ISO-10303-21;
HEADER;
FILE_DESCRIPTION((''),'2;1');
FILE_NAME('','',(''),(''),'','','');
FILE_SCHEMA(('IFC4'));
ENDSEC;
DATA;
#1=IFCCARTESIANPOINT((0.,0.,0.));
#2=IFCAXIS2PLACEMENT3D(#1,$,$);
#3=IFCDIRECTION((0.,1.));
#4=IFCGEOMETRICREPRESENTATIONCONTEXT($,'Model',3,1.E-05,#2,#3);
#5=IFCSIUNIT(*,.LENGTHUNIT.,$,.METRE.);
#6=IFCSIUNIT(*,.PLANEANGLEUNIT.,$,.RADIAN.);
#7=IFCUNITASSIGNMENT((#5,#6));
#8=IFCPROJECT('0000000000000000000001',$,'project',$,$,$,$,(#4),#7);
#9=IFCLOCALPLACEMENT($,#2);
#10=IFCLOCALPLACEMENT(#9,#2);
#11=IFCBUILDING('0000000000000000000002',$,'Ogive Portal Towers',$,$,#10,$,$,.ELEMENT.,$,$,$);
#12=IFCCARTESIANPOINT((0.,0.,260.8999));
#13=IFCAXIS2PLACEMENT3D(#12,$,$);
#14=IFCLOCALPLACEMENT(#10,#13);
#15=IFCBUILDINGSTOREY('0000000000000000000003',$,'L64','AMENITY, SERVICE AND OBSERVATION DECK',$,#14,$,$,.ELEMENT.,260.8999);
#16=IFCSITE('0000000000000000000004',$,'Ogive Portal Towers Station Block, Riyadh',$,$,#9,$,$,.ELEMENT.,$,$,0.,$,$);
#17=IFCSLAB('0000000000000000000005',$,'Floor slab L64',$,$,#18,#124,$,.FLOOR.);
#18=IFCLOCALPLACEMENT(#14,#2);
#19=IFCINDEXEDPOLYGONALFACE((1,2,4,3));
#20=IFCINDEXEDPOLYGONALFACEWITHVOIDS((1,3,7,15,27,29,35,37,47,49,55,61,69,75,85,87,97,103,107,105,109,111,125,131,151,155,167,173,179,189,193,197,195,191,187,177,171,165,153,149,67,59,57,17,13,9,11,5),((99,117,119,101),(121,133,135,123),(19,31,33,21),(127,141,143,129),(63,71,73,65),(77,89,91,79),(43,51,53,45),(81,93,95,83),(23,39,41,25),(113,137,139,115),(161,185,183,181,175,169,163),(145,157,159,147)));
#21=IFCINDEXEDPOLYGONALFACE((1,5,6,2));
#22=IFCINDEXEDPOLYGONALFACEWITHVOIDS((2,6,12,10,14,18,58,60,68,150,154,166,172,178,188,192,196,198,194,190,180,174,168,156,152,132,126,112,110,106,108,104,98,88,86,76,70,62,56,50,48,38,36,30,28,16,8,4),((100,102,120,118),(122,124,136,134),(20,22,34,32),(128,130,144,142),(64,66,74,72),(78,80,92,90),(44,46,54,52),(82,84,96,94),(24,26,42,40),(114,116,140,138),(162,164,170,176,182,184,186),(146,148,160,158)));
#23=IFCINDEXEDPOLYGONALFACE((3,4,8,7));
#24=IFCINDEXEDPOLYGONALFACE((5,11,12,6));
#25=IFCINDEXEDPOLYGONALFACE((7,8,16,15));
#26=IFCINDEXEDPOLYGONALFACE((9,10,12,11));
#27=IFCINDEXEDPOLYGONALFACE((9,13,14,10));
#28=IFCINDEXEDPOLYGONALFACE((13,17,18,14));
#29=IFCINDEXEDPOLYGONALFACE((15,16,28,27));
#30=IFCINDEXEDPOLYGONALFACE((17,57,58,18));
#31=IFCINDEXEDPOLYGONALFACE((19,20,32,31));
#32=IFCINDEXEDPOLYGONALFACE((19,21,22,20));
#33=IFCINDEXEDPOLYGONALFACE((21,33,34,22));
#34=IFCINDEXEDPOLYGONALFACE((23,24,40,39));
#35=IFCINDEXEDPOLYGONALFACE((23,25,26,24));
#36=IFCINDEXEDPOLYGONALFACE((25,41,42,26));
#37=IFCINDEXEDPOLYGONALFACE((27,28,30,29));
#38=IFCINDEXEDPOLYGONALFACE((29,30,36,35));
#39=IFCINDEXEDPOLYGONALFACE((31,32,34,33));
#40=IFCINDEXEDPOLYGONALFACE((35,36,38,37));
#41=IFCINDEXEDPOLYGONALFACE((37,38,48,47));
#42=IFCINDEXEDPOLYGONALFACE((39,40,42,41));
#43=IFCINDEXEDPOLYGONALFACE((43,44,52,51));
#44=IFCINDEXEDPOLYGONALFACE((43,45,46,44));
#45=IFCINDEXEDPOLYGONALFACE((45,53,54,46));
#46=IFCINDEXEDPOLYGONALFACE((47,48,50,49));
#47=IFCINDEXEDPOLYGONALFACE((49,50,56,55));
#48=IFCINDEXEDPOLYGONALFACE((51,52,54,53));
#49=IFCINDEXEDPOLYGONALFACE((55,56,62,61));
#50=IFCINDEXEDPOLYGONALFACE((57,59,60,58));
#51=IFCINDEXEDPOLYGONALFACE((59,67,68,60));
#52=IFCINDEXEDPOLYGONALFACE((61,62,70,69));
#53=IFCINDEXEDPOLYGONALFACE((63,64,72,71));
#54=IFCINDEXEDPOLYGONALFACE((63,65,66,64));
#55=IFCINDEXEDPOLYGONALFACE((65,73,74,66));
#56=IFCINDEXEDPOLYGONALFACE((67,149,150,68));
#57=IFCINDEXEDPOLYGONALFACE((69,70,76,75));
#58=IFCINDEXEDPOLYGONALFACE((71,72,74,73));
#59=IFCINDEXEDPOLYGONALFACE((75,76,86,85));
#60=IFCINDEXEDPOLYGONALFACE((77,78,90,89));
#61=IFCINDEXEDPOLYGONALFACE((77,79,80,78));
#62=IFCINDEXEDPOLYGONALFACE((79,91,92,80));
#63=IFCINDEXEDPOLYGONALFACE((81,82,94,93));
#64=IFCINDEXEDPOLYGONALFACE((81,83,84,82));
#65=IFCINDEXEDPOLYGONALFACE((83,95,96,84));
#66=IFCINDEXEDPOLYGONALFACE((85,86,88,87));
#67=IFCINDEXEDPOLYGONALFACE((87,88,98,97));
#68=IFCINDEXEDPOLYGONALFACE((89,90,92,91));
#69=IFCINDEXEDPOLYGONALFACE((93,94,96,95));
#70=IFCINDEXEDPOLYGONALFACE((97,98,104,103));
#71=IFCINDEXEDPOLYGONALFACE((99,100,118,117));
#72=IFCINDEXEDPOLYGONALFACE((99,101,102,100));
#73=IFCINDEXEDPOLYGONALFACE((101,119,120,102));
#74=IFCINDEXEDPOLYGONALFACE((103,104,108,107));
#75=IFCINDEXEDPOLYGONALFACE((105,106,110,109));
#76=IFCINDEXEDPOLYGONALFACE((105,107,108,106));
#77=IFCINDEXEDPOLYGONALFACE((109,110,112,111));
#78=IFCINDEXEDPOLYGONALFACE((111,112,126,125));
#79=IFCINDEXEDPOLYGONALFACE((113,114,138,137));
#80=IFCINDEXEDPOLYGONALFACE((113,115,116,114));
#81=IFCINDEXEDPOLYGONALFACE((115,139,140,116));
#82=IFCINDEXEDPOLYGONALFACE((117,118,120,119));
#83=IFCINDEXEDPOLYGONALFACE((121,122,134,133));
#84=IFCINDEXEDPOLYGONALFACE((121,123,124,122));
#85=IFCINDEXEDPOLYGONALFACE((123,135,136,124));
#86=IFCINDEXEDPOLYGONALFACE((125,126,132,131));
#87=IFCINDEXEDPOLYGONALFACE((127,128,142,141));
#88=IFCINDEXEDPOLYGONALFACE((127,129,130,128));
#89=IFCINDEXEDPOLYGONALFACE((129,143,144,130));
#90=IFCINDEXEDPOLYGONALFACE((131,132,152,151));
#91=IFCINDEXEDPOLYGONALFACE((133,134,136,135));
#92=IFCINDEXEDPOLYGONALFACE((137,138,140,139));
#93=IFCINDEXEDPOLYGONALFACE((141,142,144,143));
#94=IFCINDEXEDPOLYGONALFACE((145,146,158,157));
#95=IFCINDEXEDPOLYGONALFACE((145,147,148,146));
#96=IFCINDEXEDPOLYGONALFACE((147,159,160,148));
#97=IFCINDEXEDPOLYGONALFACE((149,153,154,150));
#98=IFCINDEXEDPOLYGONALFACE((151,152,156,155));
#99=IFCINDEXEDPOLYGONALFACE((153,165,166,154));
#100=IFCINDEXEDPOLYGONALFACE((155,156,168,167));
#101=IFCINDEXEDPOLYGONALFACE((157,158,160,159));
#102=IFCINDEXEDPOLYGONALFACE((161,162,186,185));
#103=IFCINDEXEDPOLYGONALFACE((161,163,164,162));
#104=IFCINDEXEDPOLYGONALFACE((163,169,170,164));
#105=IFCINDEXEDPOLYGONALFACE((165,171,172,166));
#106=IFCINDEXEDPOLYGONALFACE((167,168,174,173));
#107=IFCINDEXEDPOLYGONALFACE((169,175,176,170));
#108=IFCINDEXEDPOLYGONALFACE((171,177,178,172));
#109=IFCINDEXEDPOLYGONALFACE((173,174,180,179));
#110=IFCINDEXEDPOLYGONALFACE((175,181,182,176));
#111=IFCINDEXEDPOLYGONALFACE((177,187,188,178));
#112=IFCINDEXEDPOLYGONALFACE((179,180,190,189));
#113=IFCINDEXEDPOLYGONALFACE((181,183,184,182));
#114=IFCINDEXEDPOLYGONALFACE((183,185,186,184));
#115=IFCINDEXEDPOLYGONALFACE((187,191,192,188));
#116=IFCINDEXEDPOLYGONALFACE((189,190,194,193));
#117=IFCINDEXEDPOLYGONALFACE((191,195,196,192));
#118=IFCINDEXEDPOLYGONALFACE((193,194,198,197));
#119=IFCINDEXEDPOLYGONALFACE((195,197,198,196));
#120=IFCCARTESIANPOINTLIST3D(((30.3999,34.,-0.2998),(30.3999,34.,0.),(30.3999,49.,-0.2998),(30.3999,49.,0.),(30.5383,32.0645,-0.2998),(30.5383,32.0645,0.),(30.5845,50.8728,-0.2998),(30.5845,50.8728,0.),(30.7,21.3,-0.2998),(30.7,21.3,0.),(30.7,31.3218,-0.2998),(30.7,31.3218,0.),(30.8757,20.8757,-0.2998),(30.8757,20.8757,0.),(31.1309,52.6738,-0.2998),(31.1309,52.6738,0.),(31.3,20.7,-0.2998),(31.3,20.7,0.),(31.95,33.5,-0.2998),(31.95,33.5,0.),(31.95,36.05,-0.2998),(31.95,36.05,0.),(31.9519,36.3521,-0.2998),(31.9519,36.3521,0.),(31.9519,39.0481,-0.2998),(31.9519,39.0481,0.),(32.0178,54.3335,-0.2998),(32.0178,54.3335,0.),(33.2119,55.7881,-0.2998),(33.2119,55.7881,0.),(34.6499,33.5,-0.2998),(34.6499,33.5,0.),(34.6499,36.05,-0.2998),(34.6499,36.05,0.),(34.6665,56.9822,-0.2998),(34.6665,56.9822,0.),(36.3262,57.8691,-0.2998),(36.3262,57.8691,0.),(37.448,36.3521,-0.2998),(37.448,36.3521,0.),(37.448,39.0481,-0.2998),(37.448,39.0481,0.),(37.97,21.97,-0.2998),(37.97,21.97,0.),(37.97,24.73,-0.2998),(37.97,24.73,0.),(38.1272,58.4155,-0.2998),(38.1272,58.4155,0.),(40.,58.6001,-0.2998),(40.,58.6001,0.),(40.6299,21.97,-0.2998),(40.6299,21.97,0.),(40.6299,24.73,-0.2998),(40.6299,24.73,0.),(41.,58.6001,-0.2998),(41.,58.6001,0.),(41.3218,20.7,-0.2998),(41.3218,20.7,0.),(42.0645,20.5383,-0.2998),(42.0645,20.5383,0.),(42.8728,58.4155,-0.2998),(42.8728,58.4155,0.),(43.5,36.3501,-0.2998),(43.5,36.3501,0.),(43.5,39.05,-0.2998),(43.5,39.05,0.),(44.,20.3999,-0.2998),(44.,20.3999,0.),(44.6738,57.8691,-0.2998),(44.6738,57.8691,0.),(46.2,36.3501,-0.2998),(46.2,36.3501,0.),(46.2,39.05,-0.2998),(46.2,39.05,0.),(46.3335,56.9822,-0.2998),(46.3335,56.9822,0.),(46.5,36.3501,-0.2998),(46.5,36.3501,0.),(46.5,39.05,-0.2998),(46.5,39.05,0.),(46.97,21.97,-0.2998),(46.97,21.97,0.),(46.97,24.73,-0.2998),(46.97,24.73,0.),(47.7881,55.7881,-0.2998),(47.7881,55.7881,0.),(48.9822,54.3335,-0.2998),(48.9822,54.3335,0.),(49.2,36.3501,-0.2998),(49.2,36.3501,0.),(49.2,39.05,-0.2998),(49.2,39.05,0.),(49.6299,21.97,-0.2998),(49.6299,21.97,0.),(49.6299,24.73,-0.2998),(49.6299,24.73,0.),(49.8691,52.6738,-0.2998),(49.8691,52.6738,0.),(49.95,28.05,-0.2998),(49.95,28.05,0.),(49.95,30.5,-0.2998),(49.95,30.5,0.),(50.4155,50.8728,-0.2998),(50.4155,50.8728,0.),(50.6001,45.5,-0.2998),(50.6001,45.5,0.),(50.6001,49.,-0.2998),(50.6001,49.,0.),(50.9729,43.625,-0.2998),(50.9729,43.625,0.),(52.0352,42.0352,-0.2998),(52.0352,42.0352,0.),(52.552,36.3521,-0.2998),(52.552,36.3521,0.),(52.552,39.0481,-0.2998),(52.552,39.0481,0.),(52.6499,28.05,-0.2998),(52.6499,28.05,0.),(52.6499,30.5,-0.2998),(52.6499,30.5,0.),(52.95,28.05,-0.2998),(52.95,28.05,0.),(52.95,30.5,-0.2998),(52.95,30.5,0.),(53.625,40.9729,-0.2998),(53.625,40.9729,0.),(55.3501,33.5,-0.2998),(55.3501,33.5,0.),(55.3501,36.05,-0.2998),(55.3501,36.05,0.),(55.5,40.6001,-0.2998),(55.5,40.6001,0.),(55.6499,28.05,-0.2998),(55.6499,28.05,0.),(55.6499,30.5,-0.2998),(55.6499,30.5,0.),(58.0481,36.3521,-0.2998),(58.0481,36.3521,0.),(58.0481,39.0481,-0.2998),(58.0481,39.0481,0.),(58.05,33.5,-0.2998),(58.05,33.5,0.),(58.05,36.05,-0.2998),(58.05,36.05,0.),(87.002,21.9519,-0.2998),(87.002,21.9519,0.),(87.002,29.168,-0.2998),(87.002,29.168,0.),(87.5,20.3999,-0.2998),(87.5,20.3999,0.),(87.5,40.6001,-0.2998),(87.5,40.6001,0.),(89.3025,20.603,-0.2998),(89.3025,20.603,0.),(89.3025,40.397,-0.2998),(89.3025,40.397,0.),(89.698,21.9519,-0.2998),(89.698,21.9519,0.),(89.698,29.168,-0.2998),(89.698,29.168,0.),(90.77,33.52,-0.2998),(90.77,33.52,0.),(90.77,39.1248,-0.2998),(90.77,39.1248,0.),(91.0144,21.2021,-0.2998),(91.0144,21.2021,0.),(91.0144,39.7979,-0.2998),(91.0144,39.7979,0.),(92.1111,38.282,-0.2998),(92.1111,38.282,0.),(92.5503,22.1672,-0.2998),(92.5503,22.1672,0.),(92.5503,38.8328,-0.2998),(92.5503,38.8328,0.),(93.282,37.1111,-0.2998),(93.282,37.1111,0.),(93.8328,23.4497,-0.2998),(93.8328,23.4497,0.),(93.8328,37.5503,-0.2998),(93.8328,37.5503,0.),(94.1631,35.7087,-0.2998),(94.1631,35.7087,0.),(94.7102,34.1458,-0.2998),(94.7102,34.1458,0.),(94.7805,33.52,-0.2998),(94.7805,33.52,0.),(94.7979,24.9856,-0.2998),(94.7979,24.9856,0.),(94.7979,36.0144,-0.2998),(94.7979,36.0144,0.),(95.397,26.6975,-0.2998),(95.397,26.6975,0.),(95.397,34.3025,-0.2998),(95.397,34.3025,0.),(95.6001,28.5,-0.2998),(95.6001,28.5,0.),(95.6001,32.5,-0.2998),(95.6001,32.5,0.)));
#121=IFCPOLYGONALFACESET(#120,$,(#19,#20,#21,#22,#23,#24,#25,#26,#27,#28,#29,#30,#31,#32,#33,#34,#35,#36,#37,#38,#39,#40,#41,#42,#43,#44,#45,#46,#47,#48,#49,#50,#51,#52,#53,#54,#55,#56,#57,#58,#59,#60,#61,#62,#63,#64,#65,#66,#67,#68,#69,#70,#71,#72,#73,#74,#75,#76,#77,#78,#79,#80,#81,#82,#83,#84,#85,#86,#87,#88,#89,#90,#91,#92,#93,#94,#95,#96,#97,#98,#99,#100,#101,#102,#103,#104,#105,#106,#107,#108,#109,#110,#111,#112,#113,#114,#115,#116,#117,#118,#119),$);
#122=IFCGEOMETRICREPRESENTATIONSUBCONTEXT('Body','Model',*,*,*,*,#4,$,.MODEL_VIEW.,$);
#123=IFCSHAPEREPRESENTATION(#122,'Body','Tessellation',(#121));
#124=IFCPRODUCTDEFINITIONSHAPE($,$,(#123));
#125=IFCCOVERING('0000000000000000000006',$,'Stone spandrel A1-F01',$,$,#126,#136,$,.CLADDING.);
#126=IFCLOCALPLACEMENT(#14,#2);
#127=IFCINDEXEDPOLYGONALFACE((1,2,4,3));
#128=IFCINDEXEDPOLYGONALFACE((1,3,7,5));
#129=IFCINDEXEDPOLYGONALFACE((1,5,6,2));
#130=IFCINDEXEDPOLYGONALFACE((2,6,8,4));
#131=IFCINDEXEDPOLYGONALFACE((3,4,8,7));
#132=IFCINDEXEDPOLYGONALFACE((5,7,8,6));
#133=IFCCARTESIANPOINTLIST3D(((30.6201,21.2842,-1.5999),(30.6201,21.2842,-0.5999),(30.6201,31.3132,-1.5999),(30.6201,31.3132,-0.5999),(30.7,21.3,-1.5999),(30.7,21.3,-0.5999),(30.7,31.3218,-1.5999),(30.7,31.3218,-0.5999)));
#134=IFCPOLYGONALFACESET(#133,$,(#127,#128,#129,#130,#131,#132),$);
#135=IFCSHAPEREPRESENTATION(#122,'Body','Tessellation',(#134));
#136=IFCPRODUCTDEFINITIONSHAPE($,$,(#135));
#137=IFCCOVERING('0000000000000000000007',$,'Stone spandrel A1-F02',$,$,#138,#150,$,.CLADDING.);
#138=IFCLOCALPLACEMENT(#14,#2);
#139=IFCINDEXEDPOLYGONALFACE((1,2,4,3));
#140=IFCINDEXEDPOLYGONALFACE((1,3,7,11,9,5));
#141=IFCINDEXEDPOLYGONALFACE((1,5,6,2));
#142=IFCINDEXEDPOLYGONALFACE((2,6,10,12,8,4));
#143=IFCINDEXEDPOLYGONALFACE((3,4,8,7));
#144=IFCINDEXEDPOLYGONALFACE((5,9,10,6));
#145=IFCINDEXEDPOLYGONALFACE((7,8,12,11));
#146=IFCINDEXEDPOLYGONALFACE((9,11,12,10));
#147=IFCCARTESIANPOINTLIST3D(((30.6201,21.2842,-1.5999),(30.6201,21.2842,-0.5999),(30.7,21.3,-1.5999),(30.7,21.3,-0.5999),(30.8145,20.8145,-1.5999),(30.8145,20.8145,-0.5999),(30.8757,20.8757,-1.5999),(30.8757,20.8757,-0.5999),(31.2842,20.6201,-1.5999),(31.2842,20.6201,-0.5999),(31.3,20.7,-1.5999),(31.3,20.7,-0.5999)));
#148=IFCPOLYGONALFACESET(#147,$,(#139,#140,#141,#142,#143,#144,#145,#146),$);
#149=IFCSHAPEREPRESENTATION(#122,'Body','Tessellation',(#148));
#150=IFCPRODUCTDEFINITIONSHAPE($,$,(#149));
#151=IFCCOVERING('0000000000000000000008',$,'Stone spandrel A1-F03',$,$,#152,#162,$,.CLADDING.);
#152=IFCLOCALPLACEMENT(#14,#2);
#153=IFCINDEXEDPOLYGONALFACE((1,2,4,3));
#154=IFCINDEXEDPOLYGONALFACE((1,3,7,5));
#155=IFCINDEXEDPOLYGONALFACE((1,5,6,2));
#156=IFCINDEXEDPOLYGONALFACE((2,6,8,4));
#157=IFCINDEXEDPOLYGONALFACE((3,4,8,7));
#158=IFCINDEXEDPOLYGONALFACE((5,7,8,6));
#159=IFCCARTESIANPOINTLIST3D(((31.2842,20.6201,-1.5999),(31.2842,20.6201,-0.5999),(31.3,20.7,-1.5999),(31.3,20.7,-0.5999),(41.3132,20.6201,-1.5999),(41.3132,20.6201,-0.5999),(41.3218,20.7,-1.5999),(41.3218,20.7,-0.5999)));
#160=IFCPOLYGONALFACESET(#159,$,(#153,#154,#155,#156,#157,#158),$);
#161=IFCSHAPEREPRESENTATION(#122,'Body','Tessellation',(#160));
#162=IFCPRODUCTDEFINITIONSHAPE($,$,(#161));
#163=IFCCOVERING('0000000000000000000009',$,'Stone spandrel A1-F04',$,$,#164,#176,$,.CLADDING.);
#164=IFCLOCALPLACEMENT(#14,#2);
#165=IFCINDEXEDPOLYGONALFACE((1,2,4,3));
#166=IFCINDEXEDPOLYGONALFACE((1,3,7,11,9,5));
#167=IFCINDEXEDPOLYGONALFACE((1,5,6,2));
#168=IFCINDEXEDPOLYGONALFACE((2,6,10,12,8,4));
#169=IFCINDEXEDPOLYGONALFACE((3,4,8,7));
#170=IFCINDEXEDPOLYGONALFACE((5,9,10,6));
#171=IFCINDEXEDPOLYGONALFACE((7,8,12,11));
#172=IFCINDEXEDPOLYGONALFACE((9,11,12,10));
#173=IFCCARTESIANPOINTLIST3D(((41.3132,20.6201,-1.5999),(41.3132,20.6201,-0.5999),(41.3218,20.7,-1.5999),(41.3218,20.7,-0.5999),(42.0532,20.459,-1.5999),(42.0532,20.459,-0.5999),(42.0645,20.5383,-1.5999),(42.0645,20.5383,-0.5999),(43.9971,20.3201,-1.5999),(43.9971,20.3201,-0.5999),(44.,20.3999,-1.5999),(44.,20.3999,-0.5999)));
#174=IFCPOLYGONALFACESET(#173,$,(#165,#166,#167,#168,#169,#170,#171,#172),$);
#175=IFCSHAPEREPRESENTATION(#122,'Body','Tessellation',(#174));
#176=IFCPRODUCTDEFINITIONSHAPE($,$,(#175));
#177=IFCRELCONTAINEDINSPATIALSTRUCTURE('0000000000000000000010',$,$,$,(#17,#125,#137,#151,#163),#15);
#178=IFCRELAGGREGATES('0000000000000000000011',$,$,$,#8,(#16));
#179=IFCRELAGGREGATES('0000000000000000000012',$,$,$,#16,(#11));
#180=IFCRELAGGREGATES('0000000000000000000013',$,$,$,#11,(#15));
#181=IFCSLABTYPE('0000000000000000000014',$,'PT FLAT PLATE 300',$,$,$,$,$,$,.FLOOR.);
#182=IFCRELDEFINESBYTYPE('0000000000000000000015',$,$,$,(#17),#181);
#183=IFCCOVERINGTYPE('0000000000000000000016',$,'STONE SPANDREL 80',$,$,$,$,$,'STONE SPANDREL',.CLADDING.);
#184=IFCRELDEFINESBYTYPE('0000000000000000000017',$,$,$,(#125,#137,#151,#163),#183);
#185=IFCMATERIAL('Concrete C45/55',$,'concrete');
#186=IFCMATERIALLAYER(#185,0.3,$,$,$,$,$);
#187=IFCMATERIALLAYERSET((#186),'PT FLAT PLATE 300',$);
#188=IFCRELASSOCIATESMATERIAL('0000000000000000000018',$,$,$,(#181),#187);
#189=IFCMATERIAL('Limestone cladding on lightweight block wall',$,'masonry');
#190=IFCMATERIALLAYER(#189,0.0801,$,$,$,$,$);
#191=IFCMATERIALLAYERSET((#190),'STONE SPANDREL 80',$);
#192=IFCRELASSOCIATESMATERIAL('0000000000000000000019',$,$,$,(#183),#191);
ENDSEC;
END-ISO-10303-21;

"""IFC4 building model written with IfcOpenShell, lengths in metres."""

from ifc_helpers import new_model, si_unit, direction, frame, origin, place, context, subcontext, project, spatial, polyline, outline, extrude, material, layer, layer_set, type_object, element, save


model = new_model("IFC4")

# Units and contexts
model_context = context("Model", 3, precision=1e-05, world=origin(), true_north=direction((0.0, 1.0)))
body_context = subcontext(model_context, "Body", "Model", "MODEL_VIEW")
ifc_project = project(units=[si_unit("LENGTHUNIT", "METRE"), si_unit("PLANEANGLEUNIT", "RADIAN")], contexts=[model_context])

# Site, building, storey
site_placement = place(None, origin())
site = spatial("IfcSite", under=ifc_project, at=site_placement, Name="Ogive Portal Towers Station Block, Riyadh", CompositionType="ELEMENT", RefElevation=0.0)
building_placement = place(site_placement, origin())
building = spatial("IfcBuilding", under=site, at=building_placement, Name="Ogive Portal Towers", CompositionType="ELEMENT")
storey_placement = place(building_placement, frame((0.0, 0.0, 260.8999)))
storey = spatial("IfcBuildingStorey", under=building, at=storey_placement, Name="L64", Description="AMENITY, SERVICE AND OBSERVATION DECK", CompositionType="ELEMENT", Elevation=260.8999)

# Slab
ifc_material_1 = material(Name="Concrete C45/55", Category="concrete")
ifc_layer_1 = layer(ifc_material_1, 0.3)
ifc_layer_set_1 = layer_set([ifc_layer_1], Name="PT FLAT PLATE 300")
slab_type = type_object("IfcSlabType", Name="PT FLAT PLATE 300", PredefinedType="FLOOR", material=ifc_layer_set_1)
slab_placement = place(storey_placement, frame((0.0, 0.0, -0.2998)))
element("IfcSlab", 1, at=slab_placement, inside=storey, type_object=slab_type, Name="Floor slab L64", PredefinedType="FLOOR", context=body_context, shape_type="SweptSolid", body=[
    extrude(outline(polyline([(30.3999, 34.0), (30.5383, 32.0645), (30.7, 31.3218), (30.7, 21.3), (30.8757, 20.8757), (31.3, 20.7), (41.3218, 20.7), (42.0645, 20.5383), (44.0, 20.3999), (87.5, 20.3999), (89.3025, 20.603), (91.0144, 21.2021), (92.5503, 22.1672), (93.8328, 23.4497), (94.7979, 24.9856), (95.397, 26.6975), (95.6001, 28.5), (95.6001, 32.5), (95.397, 34.3025), (94.7979, 36.0144), (93.8328, 37.5503), (92.5503, 38.8328), (91.0144, 39.7979), (89.3025, 40.397), (87.5, 40.6001), (55.5, 40.6001), (53.625, 40.9729), (52.0352, 42.0352), (50.9729, 43.625), (50.6001, 45.5), (50.6001, 49.0), (50.4155, 50.8728), (49.8691, 52.6738), (48.9822, 54.3335), (47.7881, 55.7881), (46.3335, 56.9822), (44.6738, 57.8691), (42.8728, 58.4155), (41.0, 58.6001), (40.0, 58.6001), (38.1272, 58.4155), (36.3262, 57.8691), (34.6665, 56.9822), (33.2119, 55.7881), (32.0178, 54.3335), (31.1309, 52.6738), (30.5845, 50.8728), (30.3999, 49.0), (30.3999, 34.0)]), holes=[polyline([(40.6299, 24.73), (40.6299, 21.97), (37.97, 21.97), (37.97, 24.73), (40.6299, 24.73)]), polyline([(49.6299, 21.97), (46.97, 21.97), (46.97, 24.73), (49.6299, 24.73), (49.6299, 21.97)]), polyline([(34.6499, 36.05), (34.6499, 33.5), (31.95, 33.5), (31.95, 36.05), (34.6499, 36.05)]), polyline([(31.9519, 36.3521), (31.9519, 39.0481), (37.448, 39.0481), (37.448, 36.3521), (31.9519, 36.3521)]), polyline([(46.2, 39.05), (46.2, 36.3501), (43.5, 36.3501), (43.5, 39.05), (46.2, 39.05)]), polyline([(49.2, 39.05), (49.2, 36.3501), (46.5, 36.3501), (46.5, 39.05), (49.2, 39.05)]), polyline([(89.698, 21.9519), (87.002, 21.9519), (87.002, 29.168), (89.698, 29.168), (89.698, 21.9519)]), polyline([(52.6499, 30.5), (52.6499, 28.05), (49.95, 28.05), (49.95, 30.5), (52.6499, 30.5)]), polyline([(55.6499, 30.5), (55.6499, 28.05), (52.95, 28.05), (52.95, 30.5), (55.6499, 30.5)]), polyline([(55.3501, 36.05), (58.05, 36.05), (58.05, 33.5), (55.3501, 33.5), (55.3501, 36.05)]), polyline([(94.1631, 35.7087), (94.7102, 34.1458), (94.7805, 33.52), (90.77, 33.52), (90.77, 39.1248), (92.1111, 38.282), (93.282, 37.1111), (94.1631, 35.7087)]), polyline([(58.0481, 36.3521), (52.552, 36.3521), (52.552, 39.0481), (58.0481, 39.0481), (58.0481, 36.3521)])]), origin(), (0.0, 0.0, 1.0), 0.2998),
])

# Coverings
ifc_material_2 = material(Name="Limestone cladding on lightweight block wall", Category="masonry")
ifc_layer_2 = layer(ifc_material_2, 0.0801)
ifc_layer_set_2 = layer_set([ifc_layer_2], Name="STONE SPANDREL 80")
covering_type_1 = type_object("IfcCoveringType", Name="STONE SPANDREL 80", ElementType="STONE SPANDREL", PredefinedType="CLADDING", material=ifc_layer_set_2)
covering_1_placement = place(storey_placement, frame((0.0, 0.0, -1.5999)))
element("IfcCovering", 2, at=covering_1_placement, inside=storey, type_object=covering_type_1, Name="Stone spandrel A1-F01", PredefinedType="CLADDING", context=body_context, shape_type="SweptSolid", body=[
    extrude(outline(polyline([(30.7, 31.3218), (30.7, 21.3), (30.6201, 21.2842), (30.6201, 31.3132), (30.7, 31.3218)])), origin(), (0.0, 0.0, 1.0), 1.0),
])
covering_2_placement = place(storey_placement, frame((0.0, 0.0, -1.5999)))
element("IfcCovering", 3, at=covering_2_placement, inside=storey, type_object=covering_type_1, Name="Stone spandrel A1-F02", PredefinedType="CLADDING", context=body_context, shape_type="SweptSolid", body=[
    extrude(outline(polyline([(30.7, 21.3), (30.8757, 20.8757), (31.3, 20.7), (31.2842, 20.6201), (30.8145, 20.8145), (30.6201, 21.2842), (30.7, 21.3)])), origin(), (0.0, 0.0, 1.0), 1.0),
])
covering_3_placement = place(storey_placement, frame((0.0, 0.0, -1.5999)))
element("IfcCovering", 4, at=covering_3_placement, inside=storey, type_object=covering_type_1, Name="Stone spandrel A1-F03", PredefinedType="CLADDING", context=body_context, shape_type="SweptSolid", body=[
    extrude(outline(polyline([(31.3, 20.7), (41.3218, 20.7), (41.3132, 20.6201), (31.2842, 20.6201), (31.3, 20.7)])), origin(), (0.0, 0.0, 1.0), 1.0),
])
covering_4_placement = place(storey_placement, frame((0.0, 0.0, -1.5999)))
element("IfcCovering", 5, at=covering_4_placement, inside=storey, type_object=covering_type_1, Name="Stone spandrel A1-F04", PredefinedType="CLADDING", context=body_context, shape_type="SweptSolid", body=[
    extrude(outline(polyline([(41.3218, 20.7), (42.0645, 20.5383), (44.0, 20.3999), (43.9971, 20.3201), (42.0532, 20.459), (41.3132, 20.6201), (41.3218, 20.7)])), origin(), (0.0, 0.0, 1.0), 1.0),
])

save(model, "model.ifc")
